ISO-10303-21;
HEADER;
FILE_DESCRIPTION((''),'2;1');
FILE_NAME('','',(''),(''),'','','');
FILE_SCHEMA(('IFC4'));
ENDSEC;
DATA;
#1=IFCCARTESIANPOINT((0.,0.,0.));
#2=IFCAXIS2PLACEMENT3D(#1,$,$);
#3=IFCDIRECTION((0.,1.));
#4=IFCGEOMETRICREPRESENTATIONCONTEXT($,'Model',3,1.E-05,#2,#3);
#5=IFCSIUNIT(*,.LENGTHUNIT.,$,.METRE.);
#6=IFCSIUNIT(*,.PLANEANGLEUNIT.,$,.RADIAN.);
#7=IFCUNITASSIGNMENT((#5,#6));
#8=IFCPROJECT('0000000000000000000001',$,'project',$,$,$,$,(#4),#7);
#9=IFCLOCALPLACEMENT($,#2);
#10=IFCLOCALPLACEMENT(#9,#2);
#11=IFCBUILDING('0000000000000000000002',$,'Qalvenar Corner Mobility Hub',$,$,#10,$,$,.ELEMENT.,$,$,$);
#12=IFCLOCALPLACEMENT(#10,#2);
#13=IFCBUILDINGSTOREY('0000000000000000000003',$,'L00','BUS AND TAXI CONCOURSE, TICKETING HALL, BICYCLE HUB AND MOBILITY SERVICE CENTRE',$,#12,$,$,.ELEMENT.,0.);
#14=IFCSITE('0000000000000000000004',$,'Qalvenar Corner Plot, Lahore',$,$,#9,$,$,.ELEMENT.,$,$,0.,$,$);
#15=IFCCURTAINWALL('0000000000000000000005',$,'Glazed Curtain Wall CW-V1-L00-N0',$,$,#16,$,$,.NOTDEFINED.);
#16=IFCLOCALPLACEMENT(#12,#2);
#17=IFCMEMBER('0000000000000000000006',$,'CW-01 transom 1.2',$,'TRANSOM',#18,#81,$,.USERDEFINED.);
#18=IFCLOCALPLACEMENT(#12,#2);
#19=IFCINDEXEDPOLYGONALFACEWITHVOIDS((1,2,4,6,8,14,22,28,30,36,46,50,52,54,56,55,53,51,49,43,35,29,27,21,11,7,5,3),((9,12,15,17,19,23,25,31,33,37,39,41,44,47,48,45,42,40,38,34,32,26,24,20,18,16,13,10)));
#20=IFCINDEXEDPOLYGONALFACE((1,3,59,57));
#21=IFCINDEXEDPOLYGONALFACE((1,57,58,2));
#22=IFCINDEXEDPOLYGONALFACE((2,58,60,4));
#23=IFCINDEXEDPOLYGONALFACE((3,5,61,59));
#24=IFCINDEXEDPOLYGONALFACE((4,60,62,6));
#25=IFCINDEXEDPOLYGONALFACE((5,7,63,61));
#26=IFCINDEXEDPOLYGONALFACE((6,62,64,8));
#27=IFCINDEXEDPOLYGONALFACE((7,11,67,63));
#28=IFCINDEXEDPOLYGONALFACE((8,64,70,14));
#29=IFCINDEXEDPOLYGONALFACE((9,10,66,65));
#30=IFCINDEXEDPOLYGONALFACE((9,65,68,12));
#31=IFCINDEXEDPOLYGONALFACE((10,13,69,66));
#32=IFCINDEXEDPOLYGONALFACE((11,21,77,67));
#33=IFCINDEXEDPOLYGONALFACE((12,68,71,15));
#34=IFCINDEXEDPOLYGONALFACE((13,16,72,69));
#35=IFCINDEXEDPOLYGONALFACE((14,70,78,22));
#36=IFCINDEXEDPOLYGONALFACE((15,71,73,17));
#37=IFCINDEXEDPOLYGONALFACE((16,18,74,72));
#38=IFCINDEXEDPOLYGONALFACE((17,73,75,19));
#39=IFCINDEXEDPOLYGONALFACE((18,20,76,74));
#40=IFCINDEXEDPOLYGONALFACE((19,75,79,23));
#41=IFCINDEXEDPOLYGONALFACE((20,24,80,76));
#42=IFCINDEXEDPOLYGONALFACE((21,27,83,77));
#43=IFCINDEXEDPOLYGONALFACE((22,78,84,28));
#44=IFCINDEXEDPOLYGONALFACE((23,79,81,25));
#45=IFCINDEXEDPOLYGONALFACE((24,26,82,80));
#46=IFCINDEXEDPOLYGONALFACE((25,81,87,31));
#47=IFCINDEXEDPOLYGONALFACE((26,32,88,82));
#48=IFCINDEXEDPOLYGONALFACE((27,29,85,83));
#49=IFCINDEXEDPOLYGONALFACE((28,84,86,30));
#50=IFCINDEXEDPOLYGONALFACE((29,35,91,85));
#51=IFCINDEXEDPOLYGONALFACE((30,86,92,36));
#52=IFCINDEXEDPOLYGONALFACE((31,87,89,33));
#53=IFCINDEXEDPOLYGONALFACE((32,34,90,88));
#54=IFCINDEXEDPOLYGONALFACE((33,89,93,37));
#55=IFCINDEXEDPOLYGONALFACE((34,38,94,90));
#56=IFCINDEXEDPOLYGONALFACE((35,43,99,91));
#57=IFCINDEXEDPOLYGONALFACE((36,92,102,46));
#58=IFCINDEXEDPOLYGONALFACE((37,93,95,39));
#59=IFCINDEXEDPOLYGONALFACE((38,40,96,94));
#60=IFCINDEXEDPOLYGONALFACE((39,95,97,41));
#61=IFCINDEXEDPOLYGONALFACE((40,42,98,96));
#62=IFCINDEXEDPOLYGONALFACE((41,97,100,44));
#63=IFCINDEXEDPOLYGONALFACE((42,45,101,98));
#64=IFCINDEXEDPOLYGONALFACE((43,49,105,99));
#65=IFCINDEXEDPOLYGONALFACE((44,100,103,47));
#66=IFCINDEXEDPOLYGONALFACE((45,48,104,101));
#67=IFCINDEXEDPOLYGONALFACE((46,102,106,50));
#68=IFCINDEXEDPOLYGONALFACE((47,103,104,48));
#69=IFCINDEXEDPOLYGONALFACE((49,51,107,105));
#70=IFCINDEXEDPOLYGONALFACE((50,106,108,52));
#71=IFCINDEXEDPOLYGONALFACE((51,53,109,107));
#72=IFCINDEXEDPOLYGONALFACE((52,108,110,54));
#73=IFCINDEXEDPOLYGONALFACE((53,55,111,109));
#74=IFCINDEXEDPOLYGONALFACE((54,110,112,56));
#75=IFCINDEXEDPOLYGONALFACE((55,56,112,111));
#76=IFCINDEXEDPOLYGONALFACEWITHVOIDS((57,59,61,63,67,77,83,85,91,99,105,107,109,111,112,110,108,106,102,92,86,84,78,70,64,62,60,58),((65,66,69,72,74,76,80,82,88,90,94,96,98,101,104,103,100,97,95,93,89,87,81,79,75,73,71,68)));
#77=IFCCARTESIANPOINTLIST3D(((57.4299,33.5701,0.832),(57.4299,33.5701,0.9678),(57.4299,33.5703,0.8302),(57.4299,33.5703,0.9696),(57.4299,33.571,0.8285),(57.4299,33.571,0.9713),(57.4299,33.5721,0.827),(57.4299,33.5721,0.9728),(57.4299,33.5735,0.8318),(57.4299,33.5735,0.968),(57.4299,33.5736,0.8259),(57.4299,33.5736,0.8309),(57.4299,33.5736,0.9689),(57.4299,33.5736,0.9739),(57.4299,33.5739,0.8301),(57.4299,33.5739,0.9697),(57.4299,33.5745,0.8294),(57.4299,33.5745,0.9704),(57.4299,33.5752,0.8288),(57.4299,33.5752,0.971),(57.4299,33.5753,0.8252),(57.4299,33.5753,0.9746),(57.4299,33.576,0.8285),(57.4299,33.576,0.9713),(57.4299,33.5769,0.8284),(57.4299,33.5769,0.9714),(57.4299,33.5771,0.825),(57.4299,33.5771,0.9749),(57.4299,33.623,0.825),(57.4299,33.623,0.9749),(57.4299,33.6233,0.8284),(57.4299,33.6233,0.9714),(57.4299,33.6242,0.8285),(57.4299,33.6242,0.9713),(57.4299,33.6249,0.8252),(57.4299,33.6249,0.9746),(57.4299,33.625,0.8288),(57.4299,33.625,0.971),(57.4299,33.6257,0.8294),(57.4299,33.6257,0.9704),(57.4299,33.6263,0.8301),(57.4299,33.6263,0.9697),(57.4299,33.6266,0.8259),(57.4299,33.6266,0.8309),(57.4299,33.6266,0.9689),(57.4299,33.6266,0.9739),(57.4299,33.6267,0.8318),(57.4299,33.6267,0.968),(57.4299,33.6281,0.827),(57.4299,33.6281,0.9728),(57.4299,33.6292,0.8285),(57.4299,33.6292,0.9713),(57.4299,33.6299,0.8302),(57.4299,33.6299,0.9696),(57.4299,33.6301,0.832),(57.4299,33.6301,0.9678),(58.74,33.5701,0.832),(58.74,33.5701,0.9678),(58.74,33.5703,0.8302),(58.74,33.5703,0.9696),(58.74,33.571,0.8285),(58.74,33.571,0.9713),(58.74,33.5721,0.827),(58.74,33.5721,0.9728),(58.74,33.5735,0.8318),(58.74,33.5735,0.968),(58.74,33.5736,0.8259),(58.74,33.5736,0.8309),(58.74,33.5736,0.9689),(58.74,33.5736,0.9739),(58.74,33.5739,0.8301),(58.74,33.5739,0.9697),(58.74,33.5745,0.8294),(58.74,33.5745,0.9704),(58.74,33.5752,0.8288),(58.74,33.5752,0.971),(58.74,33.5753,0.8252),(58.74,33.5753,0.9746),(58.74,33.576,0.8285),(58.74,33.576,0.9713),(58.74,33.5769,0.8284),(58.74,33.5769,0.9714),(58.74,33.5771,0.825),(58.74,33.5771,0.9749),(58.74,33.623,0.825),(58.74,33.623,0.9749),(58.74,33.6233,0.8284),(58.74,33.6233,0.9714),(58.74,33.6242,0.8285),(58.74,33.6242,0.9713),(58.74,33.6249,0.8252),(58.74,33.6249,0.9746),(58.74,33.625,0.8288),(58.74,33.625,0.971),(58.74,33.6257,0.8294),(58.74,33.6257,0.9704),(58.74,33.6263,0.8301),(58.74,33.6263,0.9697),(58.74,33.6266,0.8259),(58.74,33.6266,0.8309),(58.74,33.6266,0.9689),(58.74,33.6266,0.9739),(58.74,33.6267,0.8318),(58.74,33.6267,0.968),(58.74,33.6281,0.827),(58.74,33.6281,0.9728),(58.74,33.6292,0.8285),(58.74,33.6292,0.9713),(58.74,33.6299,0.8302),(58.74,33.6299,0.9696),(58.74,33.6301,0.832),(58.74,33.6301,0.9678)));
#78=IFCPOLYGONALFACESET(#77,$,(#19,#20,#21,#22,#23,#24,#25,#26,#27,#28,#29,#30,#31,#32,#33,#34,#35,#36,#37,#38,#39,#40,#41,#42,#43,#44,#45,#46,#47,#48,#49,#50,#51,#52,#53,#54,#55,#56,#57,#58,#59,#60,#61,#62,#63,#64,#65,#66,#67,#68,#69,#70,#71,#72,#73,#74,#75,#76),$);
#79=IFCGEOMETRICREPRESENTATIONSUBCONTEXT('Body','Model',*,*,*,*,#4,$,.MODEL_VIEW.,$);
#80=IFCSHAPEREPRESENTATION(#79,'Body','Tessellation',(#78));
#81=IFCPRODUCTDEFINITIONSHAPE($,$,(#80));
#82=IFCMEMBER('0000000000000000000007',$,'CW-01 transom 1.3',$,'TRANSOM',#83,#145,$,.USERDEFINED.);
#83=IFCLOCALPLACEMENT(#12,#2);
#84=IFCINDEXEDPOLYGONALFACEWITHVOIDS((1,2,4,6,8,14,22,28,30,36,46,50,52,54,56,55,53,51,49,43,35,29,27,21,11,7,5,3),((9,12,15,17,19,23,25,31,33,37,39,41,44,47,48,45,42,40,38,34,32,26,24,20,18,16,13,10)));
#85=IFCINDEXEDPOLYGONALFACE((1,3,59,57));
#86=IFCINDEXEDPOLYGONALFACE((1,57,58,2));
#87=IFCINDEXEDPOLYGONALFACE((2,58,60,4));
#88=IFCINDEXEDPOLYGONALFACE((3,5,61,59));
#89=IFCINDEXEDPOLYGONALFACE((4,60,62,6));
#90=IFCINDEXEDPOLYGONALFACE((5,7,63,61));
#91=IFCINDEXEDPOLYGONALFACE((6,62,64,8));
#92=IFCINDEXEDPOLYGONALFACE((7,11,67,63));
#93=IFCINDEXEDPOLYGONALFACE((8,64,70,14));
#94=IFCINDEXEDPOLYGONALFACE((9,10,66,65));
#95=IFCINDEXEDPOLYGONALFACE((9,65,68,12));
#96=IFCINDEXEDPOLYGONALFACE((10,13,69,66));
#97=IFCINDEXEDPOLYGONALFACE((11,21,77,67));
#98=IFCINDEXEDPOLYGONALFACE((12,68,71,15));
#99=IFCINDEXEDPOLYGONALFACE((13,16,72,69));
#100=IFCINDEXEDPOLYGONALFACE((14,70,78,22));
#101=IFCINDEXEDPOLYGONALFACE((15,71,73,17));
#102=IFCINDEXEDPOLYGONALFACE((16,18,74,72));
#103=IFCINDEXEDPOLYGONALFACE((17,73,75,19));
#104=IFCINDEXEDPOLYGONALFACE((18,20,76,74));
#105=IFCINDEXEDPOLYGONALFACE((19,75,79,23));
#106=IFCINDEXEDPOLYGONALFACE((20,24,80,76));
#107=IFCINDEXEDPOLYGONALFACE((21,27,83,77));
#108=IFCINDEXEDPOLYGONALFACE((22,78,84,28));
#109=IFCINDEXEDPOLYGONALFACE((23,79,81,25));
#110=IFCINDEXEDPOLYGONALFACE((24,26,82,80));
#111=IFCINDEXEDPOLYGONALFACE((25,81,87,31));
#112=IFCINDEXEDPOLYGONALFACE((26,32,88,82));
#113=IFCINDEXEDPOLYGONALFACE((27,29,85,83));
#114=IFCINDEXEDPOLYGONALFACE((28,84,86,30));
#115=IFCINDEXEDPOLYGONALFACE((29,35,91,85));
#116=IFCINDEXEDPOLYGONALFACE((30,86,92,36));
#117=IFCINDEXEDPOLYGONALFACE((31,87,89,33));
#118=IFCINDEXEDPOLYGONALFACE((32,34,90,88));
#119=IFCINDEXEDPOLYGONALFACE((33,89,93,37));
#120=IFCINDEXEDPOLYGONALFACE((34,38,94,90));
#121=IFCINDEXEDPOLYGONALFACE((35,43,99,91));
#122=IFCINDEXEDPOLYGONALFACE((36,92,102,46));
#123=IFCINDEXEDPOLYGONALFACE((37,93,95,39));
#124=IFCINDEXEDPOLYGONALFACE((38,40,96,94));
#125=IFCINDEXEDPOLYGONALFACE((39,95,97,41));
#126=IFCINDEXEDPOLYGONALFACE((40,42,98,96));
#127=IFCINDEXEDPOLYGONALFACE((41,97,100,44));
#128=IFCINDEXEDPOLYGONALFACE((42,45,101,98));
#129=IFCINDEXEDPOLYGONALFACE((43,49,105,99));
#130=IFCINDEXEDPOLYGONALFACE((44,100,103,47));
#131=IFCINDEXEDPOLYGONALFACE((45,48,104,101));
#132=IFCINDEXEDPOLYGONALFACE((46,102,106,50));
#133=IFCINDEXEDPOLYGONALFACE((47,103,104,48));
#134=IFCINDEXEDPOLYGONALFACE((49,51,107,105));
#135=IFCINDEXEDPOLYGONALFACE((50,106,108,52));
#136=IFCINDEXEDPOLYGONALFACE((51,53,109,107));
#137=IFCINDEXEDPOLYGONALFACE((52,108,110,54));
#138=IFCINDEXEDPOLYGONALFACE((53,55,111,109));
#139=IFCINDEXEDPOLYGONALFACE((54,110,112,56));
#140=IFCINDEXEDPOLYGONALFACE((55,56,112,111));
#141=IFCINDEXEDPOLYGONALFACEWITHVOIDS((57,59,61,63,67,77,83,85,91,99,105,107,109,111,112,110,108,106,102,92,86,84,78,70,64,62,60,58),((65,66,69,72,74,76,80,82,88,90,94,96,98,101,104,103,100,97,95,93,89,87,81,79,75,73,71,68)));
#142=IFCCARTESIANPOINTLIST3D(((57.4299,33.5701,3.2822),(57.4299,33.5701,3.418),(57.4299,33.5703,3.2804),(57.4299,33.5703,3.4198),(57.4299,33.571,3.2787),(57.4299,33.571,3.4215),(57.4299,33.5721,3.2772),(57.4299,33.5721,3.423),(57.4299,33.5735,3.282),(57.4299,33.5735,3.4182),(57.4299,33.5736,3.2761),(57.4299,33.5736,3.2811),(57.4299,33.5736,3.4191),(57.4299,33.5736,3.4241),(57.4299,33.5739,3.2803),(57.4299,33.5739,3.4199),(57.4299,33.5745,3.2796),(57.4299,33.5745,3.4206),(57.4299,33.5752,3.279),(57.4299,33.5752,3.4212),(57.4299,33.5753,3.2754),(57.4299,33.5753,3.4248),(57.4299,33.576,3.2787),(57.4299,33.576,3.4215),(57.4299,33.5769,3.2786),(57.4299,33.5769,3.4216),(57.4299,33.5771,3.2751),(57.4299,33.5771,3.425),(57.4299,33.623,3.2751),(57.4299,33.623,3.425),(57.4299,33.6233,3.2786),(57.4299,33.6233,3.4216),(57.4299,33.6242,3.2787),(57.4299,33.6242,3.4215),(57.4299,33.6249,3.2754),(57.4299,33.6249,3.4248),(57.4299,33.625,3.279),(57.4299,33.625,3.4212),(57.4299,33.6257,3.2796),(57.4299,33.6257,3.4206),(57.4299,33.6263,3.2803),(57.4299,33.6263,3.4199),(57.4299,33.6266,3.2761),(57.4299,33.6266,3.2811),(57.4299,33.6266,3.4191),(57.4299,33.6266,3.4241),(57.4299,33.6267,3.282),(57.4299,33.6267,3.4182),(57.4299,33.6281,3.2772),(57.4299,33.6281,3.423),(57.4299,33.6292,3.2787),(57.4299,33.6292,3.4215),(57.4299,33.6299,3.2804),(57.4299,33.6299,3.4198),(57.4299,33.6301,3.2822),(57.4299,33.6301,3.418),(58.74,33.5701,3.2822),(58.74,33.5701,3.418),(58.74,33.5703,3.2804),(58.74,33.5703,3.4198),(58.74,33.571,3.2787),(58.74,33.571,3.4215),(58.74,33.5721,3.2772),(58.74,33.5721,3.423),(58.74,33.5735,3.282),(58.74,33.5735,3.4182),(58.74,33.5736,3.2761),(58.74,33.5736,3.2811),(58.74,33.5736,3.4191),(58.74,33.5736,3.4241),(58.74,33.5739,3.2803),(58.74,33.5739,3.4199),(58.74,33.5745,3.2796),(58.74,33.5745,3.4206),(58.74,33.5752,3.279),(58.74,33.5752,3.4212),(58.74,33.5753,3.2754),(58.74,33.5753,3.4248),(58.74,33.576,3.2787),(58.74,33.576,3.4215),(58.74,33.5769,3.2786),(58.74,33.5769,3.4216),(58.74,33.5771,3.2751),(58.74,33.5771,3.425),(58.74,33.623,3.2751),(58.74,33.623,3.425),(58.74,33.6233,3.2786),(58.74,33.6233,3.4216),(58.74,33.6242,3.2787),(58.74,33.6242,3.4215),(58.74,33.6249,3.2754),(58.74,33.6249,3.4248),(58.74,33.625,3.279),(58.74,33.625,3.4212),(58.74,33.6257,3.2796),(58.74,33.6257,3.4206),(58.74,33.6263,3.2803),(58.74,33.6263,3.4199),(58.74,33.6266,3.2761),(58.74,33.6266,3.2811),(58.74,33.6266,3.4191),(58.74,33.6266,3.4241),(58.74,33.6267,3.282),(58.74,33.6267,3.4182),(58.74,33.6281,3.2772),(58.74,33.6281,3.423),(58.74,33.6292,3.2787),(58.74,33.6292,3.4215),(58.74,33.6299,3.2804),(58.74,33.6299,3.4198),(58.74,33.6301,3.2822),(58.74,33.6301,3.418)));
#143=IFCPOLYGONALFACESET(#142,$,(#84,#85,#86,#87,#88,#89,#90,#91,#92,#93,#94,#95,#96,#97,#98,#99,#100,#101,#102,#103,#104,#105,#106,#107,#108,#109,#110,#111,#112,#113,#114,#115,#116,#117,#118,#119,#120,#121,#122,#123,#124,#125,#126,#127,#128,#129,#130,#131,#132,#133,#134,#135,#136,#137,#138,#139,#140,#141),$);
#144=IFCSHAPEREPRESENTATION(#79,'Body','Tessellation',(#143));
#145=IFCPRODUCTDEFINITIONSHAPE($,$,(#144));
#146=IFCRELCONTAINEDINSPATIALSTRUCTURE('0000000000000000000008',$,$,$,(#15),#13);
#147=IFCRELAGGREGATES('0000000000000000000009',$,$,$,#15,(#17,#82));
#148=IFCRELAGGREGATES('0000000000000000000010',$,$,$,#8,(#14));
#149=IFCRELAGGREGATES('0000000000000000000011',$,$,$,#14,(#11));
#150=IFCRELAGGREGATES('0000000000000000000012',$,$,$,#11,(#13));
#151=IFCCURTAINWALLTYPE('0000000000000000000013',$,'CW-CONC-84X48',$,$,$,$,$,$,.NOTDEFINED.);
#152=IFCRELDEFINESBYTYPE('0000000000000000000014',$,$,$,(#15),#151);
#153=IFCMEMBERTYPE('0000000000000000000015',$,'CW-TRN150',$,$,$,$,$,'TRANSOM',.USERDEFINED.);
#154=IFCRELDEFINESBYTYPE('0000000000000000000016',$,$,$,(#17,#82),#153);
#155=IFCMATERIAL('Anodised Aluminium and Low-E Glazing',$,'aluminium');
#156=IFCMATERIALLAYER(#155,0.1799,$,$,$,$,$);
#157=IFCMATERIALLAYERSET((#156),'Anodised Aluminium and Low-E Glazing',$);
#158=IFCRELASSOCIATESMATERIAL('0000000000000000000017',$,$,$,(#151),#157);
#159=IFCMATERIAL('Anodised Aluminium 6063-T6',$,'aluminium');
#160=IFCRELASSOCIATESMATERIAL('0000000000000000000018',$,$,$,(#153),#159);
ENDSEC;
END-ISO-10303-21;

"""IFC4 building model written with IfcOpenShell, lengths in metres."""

from ifc_helpers import new_model, si_unit, direction, frame, origin, origin_2d, place, context, subcontext, project, spatial, hollow_rectangle, extrude, material, layer, layer_set, material_profile, profile_set, type_object, element, aggregate, save


model = new_model("IFC4")

# Units and contexts
model_context = context("Model", 3, precision=1e-05, world=origin(), true_north=direction((0.0, 1.0)))
body_context = subcontext(model_context, "Body", "Model", "MODEL_VIEW")
ifc_project = project(units=[si_unit("LENGTHUNIT", "METRE"), si_unit("PLANEANGLEUNIT", "RADIAN")], contexts=[model_context])

# Site, building, storey
site_placement = place(None, origin())
site = spatial("IfcSite", under=ifc_project, at=site_placement, Name="Qalvenar Corner Plot, Lahore", CompositionType="ELEMENT", RefElevation=0.0)
building_placement = place(site_placement, origin())
building = spatial("IfcBuilding", under=site, at=building_placement, Name="Qalvenar Corner Mobility Hub", CompositionType="ELEMENT")
storey_placement = place(building_placement, origin())
storey = spatial("IfcBuildingStorey", under=building, at=storey_placement, Name="L00", Description="BUS AND TAXI CONCOURSE, TICKETING HALL, BICYCLE HUB AND MOBILITY SERVICE CENTRE", CompositionType="ELEMENT", Elevation=0.0)

# Curtain wall, members
ifc_material_1 = material(Name="Anodised Aluminium and Low-E Glazing", Category="aluminium")
ifc_layer_1 = layer(ifc_material_1, 0.1799)
ifc_layer_set_1 = layer_set([ifc_layer_1], Name="Anodised Aluminium and Low-E Glazing")
curtain_wall_type = type_object("IfcCurtainWallType", Name="CW-CONC-84X48", PredefinedType="NOTDEFINED", material=ifc_layer_set_1)
curtain_wall_placement = place(storey_placement, origin())
curtain_wall = element("IfcCurtainWall", 1, at=curtain_wall_placement, inside=storey, type_object=curtain_wall_type, Name="Glazed Curtain Wall CW-V1-L00-N0", PredefinedType="NOTDEFINED")
ifc_material_2 = material(Name="Anodised Aluminium 6063-T6", Category="aluminium")
ifc_material_profile_1 = material_profile(ifc_material_2, hollow_rectangle(XDim=0.0601, YDim=0.1499, WallThickness=0.0034, InnerFilletRadius=0.0034, OuterFilletRadius=0.0071, at=origin_2d()), Name="RHS150x60x3.5")
ifc_profile_set_1 = profile_set([ifc_material_profile_1], Name="Anodised Aluminium 6063-T6")
member_type_1 = type_object("IfcMemberType", Name="CW-TRN150", ElementType="TRANSOM", PredefinedType="USERDEFINED", material=ifc_profile_set_1)
member_1_placement = place(storey_placement, frame((58.74, 33.6001, 0.8999), z_axis=(-1.0, 0.0, 0.0), x_axis=(0.0, -1.0, 0.0)))
member_1 = element("IfcMember", 2, at=member_1_placement, type_object=member_type_1, Name="CW-01 transom 1.2", ObjectType="TRANSOM", PredefinedType="USERDEFINED", context=body_context, shape_type="SweptSolid", body=[
    extrude(hollow_rectangle(XDim=0.0601, YDim=0.1499, WallThickness=0.0034, InnerFilletRadius=0.0034, OuterFilletRadius=0.0071, at=origin_2d()), origin(), (0.0, 0.0, 1.0), 1.3101),
])
member_2_placement = place(storey_placement, frame((58.74, 33.6001, 3.3501), z_axis=(-1.0, 0.0, 0.0), x_axis=(0.0, -1.0, 0.0)))
member_2 = element("IfcMember", 3, at=member_2_placement, type_object=member_type_1, Name="CW-01 transom 1.3", ObjectType="TRANSOM", PredefinedType="USERDEFINED", context=body_context, shape_type="SweptSolid", body=[
    extrude(hollow_rectangle(XDim=0.0601, YDim=0.1499, WallThickness=0.0034, InnerFilletRadius=0.0034, OuterFilletRadius=0.0071, at=origin_2d()), origin(), (0.0, 0.0, 1.0), 1.3101),
])

aggregate(curtain_wall, [member_1, member_2])

save(model, "model.ifc")
